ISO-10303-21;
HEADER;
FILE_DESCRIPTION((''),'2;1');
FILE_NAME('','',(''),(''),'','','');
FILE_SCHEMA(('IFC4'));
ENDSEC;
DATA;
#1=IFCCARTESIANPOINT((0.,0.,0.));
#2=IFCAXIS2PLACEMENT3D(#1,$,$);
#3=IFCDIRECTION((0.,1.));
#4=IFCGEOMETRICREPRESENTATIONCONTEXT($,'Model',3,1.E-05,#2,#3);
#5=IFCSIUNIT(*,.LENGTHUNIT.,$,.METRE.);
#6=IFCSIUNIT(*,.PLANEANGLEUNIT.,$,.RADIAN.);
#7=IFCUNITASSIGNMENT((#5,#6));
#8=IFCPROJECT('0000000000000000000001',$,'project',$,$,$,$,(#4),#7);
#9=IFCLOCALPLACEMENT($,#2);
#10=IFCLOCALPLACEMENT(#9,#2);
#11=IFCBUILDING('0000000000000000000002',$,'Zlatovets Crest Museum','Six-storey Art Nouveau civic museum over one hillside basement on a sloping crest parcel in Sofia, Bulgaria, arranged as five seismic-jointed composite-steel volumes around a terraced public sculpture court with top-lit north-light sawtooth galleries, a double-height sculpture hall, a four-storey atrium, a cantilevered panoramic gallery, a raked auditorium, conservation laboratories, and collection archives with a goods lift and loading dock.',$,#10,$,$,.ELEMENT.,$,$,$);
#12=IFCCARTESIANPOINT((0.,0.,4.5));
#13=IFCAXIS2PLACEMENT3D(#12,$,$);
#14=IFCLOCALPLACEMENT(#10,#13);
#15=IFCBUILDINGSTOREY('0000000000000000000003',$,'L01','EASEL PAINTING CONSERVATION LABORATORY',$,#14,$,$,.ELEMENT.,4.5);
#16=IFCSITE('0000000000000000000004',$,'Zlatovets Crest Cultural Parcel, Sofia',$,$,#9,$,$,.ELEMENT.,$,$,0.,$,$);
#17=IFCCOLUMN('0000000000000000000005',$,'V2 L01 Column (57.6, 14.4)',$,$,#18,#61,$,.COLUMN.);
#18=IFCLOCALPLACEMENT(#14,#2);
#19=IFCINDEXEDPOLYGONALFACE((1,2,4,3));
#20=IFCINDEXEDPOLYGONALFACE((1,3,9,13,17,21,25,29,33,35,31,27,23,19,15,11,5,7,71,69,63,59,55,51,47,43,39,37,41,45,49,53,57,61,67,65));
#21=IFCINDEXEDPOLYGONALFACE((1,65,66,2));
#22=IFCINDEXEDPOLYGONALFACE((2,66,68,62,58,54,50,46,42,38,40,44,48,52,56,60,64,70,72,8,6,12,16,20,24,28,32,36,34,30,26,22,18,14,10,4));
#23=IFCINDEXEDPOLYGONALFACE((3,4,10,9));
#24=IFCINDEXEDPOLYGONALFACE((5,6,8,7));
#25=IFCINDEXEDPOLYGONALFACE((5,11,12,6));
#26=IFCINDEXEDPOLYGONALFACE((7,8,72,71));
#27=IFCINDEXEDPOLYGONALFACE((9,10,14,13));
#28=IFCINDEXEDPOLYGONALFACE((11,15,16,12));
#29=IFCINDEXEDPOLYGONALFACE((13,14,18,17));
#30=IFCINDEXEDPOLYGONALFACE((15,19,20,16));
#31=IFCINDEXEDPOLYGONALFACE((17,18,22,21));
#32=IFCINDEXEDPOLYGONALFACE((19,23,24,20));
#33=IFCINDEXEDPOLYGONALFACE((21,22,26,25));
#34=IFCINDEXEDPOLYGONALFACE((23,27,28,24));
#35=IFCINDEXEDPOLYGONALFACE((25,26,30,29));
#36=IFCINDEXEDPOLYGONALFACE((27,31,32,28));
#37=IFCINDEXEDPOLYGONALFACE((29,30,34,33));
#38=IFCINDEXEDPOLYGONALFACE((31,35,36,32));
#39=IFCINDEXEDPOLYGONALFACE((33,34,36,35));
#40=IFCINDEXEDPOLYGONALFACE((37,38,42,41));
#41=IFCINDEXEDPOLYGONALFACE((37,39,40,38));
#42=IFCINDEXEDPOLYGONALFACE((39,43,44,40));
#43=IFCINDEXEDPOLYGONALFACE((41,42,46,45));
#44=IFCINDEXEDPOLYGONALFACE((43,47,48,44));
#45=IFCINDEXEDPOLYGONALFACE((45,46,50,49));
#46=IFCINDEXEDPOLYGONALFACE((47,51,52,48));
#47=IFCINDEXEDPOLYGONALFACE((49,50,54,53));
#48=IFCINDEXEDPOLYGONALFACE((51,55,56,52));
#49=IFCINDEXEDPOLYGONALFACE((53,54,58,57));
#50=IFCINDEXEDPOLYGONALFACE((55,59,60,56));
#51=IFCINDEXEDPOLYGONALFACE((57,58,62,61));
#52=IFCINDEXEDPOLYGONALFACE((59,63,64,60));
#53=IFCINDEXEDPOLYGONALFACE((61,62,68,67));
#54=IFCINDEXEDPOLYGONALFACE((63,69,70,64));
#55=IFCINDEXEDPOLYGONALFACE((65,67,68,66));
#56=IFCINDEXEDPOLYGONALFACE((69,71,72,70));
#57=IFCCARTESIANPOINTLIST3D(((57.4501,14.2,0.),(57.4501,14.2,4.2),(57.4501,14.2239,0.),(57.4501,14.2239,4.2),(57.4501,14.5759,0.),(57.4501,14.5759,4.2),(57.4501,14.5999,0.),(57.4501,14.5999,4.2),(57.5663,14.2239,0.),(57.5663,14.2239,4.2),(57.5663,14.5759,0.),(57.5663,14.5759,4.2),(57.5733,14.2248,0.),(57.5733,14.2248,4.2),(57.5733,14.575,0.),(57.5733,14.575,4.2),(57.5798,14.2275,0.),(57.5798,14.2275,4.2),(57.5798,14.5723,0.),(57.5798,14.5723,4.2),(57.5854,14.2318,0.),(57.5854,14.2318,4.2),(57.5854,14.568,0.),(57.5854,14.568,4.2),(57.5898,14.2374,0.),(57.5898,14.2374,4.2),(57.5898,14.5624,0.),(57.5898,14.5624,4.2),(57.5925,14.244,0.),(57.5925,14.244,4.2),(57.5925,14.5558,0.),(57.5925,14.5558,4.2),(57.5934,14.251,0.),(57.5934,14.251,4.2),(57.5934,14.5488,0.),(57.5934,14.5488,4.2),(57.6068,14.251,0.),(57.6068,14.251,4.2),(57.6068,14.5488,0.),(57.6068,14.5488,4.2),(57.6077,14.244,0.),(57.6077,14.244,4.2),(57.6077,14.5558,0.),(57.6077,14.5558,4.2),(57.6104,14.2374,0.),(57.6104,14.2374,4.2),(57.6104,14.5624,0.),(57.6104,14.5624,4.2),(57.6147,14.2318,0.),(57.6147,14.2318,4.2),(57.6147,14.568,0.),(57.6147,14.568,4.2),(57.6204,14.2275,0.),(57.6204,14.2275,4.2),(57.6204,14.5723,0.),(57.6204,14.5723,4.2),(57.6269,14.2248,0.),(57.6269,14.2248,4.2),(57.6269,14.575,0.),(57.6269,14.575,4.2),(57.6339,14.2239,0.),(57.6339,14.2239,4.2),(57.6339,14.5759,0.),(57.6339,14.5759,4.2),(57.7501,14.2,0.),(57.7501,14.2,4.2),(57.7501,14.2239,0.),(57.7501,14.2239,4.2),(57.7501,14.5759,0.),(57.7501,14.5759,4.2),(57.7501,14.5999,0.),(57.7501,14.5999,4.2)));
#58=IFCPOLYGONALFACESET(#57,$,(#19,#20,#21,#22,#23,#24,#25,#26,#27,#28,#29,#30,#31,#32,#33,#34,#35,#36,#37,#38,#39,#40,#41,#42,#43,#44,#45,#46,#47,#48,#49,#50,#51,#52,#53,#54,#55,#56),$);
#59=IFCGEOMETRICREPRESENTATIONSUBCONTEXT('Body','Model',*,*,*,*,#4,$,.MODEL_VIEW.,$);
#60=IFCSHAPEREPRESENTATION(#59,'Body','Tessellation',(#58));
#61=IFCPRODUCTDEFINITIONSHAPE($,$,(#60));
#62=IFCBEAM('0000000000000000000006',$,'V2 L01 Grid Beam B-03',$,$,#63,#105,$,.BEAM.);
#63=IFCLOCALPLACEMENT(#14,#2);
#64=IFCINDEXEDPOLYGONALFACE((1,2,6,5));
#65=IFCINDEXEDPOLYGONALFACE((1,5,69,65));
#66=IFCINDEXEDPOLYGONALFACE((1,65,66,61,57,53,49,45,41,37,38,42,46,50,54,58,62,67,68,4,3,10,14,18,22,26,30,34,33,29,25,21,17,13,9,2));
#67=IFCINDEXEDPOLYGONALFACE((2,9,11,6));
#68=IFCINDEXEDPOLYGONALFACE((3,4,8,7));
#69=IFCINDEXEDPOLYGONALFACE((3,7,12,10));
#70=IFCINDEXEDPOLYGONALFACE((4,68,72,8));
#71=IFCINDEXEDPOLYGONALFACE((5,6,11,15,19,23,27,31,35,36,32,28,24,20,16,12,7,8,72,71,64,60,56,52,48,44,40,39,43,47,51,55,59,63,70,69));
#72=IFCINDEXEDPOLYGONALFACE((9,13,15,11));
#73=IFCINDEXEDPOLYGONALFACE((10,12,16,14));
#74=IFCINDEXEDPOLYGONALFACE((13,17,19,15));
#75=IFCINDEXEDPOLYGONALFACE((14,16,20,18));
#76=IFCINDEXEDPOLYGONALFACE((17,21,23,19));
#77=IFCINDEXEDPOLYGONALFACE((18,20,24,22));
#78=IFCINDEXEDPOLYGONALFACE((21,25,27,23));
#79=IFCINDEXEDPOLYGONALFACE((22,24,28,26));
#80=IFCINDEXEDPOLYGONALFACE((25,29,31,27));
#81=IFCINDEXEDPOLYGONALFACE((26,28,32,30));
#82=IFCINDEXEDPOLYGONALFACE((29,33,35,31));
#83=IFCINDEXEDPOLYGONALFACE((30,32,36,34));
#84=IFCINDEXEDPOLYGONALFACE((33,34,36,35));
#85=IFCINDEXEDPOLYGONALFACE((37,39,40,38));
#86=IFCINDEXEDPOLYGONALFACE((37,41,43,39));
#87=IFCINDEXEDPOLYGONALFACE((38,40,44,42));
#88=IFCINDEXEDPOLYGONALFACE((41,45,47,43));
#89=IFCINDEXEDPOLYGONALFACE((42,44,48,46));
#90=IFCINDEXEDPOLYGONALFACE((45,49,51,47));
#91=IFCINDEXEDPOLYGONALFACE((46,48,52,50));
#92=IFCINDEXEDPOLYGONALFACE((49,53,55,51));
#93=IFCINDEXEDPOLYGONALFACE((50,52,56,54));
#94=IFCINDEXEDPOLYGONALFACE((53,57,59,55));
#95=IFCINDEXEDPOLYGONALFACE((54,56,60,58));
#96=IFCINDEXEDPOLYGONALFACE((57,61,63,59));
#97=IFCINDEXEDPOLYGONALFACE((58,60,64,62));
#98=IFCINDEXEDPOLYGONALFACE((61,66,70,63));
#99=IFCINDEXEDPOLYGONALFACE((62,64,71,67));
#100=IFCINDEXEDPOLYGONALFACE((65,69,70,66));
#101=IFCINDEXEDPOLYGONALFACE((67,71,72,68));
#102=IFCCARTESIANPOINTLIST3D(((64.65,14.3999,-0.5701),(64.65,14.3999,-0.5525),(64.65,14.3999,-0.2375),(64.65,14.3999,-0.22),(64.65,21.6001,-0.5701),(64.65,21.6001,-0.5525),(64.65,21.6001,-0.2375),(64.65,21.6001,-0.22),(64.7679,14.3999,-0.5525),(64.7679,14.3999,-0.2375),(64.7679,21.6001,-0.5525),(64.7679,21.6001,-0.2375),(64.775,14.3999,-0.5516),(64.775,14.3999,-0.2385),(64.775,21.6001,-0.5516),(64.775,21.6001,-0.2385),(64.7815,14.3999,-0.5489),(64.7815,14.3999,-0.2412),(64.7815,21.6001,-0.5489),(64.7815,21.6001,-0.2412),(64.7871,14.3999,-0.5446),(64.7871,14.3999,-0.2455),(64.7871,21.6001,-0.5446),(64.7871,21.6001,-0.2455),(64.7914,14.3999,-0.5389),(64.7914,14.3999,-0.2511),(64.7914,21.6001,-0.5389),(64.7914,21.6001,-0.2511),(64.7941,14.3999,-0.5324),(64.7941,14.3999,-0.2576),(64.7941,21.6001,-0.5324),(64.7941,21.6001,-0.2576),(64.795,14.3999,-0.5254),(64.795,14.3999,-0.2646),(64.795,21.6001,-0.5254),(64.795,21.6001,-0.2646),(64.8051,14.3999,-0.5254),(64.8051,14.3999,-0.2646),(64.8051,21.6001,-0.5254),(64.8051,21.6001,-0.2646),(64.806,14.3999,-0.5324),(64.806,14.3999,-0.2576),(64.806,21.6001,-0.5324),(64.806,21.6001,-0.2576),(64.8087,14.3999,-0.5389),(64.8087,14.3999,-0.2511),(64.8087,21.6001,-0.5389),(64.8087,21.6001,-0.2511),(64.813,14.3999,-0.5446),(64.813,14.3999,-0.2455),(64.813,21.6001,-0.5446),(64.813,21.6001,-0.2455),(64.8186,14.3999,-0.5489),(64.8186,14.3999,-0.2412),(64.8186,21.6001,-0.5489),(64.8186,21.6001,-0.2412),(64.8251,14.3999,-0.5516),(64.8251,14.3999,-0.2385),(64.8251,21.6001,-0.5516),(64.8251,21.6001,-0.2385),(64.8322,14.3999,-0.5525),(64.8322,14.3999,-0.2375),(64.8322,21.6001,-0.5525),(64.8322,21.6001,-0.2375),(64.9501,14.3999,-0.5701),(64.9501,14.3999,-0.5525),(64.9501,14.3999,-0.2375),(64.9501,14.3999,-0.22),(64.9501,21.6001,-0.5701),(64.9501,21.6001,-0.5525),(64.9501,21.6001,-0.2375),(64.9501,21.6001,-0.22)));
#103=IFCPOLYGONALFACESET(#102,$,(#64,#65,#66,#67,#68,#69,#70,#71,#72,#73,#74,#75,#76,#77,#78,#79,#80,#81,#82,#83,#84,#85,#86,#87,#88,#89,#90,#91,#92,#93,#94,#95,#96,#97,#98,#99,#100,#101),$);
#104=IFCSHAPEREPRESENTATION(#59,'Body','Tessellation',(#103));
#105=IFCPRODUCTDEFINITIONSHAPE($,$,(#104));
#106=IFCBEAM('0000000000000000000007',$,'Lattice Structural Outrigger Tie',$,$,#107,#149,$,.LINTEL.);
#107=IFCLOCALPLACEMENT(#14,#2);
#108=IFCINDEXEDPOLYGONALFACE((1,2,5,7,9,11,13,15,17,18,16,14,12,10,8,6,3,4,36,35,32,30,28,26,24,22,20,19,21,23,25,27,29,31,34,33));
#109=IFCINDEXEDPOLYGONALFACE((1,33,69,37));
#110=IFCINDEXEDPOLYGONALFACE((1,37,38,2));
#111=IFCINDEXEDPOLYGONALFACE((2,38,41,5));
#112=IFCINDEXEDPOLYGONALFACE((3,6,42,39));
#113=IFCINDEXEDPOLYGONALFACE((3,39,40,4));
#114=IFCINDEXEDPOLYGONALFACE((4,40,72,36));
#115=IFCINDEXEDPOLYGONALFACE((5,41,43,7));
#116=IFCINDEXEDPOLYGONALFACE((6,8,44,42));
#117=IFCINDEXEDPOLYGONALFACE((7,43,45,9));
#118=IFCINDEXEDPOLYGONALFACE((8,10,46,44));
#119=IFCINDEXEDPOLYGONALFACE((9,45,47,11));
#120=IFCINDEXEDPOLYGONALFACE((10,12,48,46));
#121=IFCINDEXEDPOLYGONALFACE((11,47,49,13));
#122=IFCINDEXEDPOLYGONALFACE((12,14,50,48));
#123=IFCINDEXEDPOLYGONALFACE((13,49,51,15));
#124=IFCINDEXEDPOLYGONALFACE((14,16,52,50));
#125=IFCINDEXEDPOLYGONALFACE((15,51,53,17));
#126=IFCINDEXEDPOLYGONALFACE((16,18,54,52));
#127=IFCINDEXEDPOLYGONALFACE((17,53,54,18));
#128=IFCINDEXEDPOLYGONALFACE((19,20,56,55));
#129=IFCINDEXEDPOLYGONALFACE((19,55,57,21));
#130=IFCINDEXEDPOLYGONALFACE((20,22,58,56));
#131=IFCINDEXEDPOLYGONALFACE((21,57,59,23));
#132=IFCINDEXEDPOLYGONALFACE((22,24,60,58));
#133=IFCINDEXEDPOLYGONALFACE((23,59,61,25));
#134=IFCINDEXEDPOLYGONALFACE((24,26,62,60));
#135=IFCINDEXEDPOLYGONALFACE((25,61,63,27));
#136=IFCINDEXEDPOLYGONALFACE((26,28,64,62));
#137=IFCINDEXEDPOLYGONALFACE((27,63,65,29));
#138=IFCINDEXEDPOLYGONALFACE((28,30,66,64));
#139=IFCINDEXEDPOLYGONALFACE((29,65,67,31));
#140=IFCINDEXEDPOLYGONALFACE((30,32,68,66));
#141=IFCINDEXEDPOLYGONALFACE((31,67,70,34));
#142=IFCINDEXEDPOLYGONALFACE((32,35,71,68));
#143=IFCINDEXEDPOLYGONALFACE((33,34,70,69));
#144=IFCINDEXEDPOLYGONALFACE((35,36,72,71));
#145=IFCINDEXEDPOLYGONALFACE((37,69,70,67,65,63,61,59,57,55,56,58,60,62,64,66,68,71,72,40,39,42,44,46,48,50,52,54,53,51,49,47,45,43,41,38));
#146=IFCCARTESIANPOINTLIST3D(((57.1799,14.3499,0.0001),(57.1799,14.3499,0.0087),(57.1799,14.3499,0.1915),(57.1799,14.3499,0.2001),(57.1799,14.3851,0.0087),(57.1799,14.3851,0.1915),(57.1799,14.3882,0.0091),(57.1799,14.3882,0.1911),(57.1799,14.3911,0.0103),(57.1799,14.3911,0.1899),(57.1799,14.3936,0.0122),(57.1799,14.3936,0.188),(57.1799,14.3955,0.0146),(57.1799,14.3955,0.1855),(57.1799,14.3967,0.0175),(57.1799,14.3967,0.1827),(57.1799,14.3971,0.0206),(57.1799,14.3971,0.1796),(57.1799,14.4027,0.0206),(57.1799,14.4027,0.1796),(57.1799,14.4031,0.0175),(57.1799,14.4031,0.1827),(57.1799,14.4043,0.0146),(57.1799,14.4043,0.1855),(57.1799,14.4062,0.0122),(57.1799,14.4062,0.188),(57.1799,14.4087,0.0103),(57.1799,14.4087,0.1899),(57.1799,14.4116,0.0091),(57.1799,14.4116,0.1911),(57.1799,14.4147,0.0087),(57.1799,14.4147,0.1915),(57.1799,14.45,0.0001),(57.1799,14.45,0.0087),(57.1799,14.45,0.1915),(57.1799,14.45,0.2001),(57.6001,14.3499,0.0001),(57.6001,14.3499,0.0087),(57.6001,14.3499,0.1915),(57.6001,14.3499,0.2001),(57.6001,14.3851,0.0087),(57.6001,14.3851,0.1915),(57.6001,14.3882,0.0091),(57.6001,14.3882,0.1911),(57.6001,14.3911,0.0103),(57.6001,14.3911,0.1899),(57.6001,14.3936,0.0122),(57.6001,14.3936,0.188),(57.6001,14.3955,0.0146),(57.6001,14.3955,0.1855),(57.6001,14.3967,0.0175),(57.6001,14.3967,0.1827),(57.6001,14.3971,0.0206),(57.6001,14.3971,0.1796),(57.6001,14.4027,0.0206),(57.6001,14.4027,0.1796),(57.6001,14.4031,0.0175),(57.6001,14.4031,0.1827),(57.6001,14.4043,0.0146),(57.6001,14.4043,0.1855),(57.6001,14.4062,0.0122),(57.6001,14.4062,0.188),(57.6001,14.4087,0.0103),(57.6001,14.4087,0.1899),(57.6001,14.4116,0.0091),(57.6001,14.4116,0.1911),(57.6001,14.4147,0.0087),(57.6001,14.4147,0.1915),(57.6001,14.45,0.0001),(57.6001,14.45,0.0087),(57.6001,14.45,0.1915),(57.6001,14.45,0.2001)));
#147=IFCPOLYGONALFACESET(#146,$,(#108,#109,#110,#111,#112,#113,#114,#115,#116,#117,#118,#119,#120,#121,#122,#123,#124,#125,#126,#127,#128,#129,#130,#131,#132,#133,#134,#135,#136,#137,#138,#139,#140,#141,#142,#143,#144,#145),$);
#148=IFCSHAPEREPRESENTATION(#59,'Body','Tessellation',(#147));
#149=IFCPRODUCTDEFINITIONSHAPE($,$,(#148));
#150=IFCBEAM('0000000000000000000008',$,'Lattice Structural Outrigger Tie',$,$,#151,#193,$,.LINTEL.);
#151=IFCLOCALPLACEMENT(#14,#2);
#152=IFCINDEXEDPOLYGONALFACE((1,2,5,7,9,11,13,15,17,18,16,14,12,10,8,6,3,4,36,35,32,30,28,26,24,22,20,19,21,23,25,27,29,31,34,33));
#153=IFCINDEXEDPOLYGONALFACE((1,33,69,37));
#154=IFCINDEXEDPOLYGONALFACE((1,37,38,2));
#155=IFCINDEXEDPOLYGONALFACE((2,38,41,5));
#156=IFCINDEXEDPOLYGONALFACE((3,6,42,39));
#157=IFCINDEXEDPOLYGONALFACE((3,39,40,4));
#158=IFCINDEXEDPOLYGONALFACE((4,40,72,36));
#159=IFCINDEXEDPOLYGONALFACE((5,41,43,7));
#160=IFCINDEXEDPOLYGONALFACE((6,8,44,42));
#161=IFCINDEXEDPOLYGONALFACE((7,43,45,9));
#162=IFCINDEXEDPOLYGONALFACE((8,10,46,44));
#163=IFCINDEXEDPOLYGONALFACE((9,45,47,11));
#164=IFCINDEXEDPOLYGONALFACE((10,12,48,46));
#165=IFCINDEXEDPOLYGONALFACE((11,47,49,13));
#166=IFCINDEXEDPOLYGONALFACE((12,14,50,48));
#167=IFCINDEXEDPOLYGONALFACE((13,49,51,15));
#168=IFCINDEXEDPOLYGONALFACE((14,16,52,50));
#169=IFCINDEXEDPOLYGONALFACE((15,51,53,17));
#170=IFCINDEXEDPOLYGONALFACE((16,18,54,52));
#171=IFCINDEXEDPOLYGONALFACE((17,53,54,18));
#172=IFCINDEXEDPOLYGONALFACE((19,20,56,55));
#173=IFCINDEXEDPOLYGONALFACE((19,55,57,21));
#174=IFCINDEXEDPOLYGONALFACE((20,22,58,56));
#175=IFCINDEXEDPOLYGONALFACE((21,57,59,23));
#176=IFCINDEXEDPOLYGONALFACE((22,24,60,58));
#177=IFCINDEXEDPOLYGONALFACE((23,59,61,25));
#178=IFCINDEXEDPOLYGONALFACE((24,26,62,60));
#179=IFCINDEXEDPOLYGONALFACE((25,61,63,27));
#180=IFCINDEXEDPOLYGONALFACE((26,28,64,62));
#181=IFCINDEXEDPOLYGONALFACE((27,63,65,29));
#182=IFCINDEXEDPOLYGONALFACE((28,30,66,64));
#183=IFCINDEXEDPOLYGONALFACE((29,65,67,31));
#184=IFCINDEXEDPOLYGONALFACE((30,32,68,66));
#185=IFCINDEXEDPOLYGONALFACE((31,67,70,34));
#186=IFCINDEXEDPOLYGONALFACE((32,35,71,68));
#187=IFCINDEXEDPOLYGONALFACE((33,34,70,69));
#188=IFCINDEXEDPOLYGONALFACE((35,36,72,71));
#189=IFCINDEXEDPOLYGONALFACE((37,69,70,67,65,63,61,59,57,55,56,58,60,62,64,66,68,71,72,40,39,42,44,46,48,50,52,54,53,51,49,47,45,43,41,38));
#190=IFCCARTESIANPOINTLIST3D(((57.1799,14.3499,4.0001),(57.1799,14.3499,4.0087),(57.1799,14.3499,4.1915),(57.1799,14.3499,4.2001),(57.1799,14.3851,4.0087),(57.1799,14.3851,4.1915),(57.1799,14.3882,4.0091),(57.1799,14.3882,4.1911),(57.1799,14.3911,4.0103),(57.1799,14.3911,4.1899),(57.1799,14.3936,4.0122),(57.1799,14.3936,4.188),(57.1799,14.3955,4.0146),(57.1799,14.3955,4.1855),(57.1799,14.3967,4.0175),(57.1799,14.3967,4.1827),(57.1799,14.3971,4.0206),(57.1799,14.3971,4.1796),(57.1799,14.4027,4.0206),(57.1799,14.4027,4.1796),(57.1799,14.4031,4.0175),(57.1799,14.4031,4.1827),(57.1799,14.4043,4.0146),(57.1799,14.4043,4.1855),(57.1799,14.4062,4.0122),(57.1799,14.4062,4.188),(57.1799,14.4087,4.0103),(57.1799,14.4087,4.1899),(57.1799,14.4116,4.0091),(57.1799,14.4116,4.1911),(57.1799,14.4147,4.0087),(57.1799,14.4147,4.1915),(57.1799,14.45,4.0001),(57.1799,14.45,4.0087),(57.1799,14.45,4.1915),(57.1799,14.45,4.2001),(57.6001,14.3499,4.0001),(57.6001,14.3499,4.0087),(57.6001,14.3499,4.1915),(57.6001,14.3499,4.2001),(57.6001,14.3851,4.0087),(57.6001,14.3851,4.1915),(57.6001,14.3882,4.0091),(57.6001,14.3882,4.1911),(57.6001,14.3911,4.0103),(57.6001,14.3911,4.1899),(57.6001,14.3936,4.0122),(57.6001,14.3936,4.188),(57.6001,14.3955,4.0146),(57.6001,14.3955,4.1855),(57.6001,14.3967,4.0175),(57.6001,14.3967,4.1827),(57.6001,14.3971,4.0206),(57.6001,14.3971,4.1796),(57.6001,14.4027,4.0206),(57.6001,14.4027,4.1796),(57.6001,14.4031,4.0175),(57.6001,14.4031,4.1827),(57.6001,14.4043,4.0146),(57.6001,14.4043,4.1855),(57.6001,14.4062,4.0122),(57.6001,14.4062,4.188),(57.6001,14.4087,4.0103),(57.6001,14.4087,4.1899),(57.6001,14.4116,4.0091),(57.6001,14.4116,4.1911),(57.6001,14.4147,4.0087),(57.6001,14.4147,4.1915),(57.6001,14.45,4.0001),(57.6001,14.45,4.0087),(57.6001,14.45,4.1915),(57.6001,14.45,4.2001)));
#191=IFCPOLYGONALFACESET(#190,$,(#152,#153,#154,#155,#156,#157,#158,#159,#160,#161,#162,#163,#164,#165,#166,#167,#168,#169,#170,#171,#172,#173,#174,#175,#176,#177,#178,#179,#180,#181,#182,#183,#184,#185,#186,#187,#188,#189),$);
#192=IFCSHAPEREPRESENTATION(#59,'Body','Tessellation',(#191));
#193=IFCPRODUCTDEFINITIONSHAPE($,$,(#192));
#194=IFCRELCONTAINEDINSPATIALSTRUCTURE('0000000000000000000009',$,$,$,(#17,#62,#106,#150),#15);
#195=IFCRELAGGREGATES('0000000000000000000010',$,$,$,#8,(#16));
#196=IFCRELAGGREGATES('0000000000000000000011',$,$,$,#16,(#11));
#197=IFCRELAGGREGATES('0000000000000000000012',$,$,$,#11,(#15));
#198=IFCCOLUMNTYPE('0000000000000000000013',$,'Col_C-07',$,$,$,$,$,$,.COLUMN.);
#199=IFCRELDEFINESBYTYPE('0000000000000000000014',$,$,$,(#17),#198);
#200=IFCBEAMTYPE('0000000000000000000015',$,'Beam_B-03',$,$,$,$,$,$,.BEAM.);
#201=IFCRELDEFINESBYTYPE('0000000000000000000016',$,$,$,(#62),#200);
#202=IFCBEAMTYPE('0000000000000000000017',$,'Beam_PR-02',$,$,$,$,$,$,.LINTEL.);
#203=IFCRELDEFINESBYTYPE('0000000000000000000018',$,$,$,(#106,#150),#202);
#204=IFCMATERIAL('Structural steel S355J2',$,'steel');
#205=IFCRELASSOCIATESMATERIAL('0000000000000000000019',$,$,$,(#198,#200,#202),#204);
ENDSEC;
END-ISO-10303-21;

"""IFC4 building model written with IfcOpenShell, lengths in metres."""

from ifc_helpers import new_model, si_unit, direction, frame, origin, origin_2d, place, context, subcontext, project, spatial, i_section, extrude, material, material_profile, profile_set, type_object, element, save


model = new_model("IFC4")

# Units and contexts
model_context = context("Model", 3, precision=1e-05, world=origin(), true_north=direction((0.0, 1.0)))
body_context = subcontext(model_context, "Body", "Model", "MODEL_VIEW")
ifc_project = project(units=[si_unit("LENGTHUNIT", "METRE"), si_unit("PLANEANGLEUNIT", "RADIAN")], contexts=[model_context])

# Site, building, storey
site_placement = place(None, origin())
site = spatial("IfcSite", under=ifc_project, at=site_placement, Name="Zlatovets Crest Cultural Parcel, Sofia", CompositionType="ELEMENT", RefElevation=0.0)
building_placement = place(site_placement, origin())
building = spatial("IfcBuilding", under=site, at=building_placement, Name="Zlatovets Crest Museum", Description="Six-storey Art Nouveau civic museum over one hillside basement on a sloping crest parcel in Sofia, Bulgaria, arranged as five seismic-jointed composite-steel volumes around a terraced public sculpture court with top-lit north-light sawtooth galleries, a double-height sculpture hall, a four-storey atrium, a cantilevered panoramic gallery, a raked auditorium, conservation laboratories, and collection archives with a goods lift and loading dock.", CompositionType="ELEMENT")
storey_placement = place(building_placement, frame((0.0, 0.0, 4.5)))
storey = spatial("IfcBuildingStorey", under=building, at=storey_placement, Name="L01", Description="EASEL PAINTING CONSERVATION LABORATORY", CompositionType="ELEMENT", Elevation=4.5)

# Column
ifc_material_1 = material(Name="Structural steel S355J2", Category="steel")
ifc_material_profile_1 = material_profile(ifc_material_1, i_section(OverallWidth=0.3, OverallDepth=0.3999, WebThickness=0.0134, FlangeThickness=0.0239, FilletRadius=0.0271, at=origin_2d()), Name="HEB 400")
ifc_profile_set_1 = profile_set([ifc_material_profile_1], Name="Structural steel S355J2")
column_type = type_object("IfcColumnType", Name="Col_C-07", PredefinedType="COLUMN", material=ifc_profile_set_1)
column_placement = place(storey_placement, frame((57.6001, 14.3999, 0.0), z_axis=(0.0, 0.0, 1.0), x_axis=(1.0, 0.0, 0.0)))
element("IfcColumn", 1, at=column_placement, inside=storey, type_object=column_type, Name="V2 L01 Column (57.6, 14.4)", PredefinedType="COLUMN", context=body_context, shape_type="SweptSolid", body=[
    extrude(i_section(OverallWidth=0.3, OverallDepth=0.3999, WebThickness=0.0134, FlangeThickness=0.0239, FilletRadius=0.0271, at=origin_2d()), origin(), (0.0, 0.0, 1.0), 4.2),
])

# Beams
ifc_material_profile_2 = material_profile(ifc_material_1, i_section(OverallWidth=0.3, OverallDepth=0.3501, WebThickness=0.01, FlangeThickness=0.0176, FilletRadius=0.0271, at=origin_2d()), Name="HEA 360")
ifc_profile_set_2 = profile_set([ifc_material_profile_2], Name="Structural steel S355J2")
beam_type_1 = type_object("IfcBeamType", Name="Beam_B-03", PredefinedType="BEAM", material=ifc_profile_set_2)
beam_placement = place(storey_placement, frame((64.8, 14.3999, -0.395), z_axis=(0.0, 1.0, 0.0), x_axis=(-1.0, 0.0, 0.0)))
element("IfcBeam", 2, at=beam_placement, inside=storey, type_object=beam_type_1, Name="V2 L01 Grid Beam B-03", PredefinedType="BEAM", context=body_context, shape_type="SweptSolid", body=[
    extrude(i_section(OverallWidth=0.3, OverallDepth=0.3501, WebThickness=0.01, FlangeThickness=0.0176, FilletRadius=0.0271, at=origin_2d()), origin(), (0.0, 0.0, 1.0), 7.2002),
])
ifc_material_profile_3 = material_profile(ifc_material_1, i_section(OverallWidth=0.1001, OverallDepth=0.2, WebThickness=0.0056, FlangeThickness=0.0085, FilletRadius=0.012, at=origin_2d()), Name="IPE 200")
ifc_profile_set_3 = profile_set([ifc_material_profile_3], Name="Structural steel S355J2")
beam_type_2 = type_object("IfcBeamType", Name="Beam_PR-02", PredefinedType="LINTEL", material=ifc_profile_set_3)
for number, where, z_axis, x_axis, name in (
    (3, (57.6001, 14.3999, 0.1001), (-1.0, 0.0, 0.0), (0.0, -1.0, 0.0), "Lattice Structural Outrigger Tie"),
    (4, (57.6001, 14.3999, 4.1001), (-1.0, 0.0, 0.0), (0.0, -1.0, 0.0), "Lattice Structural Outrigger Tie"),
):
    element("IfcBeam", number, at=place(storey_placement, frame(where, z_axis=z_axis, x_axis=x_axis)), inside=storey, type_object=beam_type_2, Name=name, PredefinedType="LINTEL", context=body_context, shape_type="SweptSolid", body=[
        extrude(i_section(OverallWidth=0.1001, OverallDepth=0.2, WebThickness=0.0056, FlangeThickness=0.0085, FilletRadius=0.012, at=origin_2d()), origin(), (0.0, 0.0, 1.0), 0.4202),
    ])

save(model, "model.ifc")
